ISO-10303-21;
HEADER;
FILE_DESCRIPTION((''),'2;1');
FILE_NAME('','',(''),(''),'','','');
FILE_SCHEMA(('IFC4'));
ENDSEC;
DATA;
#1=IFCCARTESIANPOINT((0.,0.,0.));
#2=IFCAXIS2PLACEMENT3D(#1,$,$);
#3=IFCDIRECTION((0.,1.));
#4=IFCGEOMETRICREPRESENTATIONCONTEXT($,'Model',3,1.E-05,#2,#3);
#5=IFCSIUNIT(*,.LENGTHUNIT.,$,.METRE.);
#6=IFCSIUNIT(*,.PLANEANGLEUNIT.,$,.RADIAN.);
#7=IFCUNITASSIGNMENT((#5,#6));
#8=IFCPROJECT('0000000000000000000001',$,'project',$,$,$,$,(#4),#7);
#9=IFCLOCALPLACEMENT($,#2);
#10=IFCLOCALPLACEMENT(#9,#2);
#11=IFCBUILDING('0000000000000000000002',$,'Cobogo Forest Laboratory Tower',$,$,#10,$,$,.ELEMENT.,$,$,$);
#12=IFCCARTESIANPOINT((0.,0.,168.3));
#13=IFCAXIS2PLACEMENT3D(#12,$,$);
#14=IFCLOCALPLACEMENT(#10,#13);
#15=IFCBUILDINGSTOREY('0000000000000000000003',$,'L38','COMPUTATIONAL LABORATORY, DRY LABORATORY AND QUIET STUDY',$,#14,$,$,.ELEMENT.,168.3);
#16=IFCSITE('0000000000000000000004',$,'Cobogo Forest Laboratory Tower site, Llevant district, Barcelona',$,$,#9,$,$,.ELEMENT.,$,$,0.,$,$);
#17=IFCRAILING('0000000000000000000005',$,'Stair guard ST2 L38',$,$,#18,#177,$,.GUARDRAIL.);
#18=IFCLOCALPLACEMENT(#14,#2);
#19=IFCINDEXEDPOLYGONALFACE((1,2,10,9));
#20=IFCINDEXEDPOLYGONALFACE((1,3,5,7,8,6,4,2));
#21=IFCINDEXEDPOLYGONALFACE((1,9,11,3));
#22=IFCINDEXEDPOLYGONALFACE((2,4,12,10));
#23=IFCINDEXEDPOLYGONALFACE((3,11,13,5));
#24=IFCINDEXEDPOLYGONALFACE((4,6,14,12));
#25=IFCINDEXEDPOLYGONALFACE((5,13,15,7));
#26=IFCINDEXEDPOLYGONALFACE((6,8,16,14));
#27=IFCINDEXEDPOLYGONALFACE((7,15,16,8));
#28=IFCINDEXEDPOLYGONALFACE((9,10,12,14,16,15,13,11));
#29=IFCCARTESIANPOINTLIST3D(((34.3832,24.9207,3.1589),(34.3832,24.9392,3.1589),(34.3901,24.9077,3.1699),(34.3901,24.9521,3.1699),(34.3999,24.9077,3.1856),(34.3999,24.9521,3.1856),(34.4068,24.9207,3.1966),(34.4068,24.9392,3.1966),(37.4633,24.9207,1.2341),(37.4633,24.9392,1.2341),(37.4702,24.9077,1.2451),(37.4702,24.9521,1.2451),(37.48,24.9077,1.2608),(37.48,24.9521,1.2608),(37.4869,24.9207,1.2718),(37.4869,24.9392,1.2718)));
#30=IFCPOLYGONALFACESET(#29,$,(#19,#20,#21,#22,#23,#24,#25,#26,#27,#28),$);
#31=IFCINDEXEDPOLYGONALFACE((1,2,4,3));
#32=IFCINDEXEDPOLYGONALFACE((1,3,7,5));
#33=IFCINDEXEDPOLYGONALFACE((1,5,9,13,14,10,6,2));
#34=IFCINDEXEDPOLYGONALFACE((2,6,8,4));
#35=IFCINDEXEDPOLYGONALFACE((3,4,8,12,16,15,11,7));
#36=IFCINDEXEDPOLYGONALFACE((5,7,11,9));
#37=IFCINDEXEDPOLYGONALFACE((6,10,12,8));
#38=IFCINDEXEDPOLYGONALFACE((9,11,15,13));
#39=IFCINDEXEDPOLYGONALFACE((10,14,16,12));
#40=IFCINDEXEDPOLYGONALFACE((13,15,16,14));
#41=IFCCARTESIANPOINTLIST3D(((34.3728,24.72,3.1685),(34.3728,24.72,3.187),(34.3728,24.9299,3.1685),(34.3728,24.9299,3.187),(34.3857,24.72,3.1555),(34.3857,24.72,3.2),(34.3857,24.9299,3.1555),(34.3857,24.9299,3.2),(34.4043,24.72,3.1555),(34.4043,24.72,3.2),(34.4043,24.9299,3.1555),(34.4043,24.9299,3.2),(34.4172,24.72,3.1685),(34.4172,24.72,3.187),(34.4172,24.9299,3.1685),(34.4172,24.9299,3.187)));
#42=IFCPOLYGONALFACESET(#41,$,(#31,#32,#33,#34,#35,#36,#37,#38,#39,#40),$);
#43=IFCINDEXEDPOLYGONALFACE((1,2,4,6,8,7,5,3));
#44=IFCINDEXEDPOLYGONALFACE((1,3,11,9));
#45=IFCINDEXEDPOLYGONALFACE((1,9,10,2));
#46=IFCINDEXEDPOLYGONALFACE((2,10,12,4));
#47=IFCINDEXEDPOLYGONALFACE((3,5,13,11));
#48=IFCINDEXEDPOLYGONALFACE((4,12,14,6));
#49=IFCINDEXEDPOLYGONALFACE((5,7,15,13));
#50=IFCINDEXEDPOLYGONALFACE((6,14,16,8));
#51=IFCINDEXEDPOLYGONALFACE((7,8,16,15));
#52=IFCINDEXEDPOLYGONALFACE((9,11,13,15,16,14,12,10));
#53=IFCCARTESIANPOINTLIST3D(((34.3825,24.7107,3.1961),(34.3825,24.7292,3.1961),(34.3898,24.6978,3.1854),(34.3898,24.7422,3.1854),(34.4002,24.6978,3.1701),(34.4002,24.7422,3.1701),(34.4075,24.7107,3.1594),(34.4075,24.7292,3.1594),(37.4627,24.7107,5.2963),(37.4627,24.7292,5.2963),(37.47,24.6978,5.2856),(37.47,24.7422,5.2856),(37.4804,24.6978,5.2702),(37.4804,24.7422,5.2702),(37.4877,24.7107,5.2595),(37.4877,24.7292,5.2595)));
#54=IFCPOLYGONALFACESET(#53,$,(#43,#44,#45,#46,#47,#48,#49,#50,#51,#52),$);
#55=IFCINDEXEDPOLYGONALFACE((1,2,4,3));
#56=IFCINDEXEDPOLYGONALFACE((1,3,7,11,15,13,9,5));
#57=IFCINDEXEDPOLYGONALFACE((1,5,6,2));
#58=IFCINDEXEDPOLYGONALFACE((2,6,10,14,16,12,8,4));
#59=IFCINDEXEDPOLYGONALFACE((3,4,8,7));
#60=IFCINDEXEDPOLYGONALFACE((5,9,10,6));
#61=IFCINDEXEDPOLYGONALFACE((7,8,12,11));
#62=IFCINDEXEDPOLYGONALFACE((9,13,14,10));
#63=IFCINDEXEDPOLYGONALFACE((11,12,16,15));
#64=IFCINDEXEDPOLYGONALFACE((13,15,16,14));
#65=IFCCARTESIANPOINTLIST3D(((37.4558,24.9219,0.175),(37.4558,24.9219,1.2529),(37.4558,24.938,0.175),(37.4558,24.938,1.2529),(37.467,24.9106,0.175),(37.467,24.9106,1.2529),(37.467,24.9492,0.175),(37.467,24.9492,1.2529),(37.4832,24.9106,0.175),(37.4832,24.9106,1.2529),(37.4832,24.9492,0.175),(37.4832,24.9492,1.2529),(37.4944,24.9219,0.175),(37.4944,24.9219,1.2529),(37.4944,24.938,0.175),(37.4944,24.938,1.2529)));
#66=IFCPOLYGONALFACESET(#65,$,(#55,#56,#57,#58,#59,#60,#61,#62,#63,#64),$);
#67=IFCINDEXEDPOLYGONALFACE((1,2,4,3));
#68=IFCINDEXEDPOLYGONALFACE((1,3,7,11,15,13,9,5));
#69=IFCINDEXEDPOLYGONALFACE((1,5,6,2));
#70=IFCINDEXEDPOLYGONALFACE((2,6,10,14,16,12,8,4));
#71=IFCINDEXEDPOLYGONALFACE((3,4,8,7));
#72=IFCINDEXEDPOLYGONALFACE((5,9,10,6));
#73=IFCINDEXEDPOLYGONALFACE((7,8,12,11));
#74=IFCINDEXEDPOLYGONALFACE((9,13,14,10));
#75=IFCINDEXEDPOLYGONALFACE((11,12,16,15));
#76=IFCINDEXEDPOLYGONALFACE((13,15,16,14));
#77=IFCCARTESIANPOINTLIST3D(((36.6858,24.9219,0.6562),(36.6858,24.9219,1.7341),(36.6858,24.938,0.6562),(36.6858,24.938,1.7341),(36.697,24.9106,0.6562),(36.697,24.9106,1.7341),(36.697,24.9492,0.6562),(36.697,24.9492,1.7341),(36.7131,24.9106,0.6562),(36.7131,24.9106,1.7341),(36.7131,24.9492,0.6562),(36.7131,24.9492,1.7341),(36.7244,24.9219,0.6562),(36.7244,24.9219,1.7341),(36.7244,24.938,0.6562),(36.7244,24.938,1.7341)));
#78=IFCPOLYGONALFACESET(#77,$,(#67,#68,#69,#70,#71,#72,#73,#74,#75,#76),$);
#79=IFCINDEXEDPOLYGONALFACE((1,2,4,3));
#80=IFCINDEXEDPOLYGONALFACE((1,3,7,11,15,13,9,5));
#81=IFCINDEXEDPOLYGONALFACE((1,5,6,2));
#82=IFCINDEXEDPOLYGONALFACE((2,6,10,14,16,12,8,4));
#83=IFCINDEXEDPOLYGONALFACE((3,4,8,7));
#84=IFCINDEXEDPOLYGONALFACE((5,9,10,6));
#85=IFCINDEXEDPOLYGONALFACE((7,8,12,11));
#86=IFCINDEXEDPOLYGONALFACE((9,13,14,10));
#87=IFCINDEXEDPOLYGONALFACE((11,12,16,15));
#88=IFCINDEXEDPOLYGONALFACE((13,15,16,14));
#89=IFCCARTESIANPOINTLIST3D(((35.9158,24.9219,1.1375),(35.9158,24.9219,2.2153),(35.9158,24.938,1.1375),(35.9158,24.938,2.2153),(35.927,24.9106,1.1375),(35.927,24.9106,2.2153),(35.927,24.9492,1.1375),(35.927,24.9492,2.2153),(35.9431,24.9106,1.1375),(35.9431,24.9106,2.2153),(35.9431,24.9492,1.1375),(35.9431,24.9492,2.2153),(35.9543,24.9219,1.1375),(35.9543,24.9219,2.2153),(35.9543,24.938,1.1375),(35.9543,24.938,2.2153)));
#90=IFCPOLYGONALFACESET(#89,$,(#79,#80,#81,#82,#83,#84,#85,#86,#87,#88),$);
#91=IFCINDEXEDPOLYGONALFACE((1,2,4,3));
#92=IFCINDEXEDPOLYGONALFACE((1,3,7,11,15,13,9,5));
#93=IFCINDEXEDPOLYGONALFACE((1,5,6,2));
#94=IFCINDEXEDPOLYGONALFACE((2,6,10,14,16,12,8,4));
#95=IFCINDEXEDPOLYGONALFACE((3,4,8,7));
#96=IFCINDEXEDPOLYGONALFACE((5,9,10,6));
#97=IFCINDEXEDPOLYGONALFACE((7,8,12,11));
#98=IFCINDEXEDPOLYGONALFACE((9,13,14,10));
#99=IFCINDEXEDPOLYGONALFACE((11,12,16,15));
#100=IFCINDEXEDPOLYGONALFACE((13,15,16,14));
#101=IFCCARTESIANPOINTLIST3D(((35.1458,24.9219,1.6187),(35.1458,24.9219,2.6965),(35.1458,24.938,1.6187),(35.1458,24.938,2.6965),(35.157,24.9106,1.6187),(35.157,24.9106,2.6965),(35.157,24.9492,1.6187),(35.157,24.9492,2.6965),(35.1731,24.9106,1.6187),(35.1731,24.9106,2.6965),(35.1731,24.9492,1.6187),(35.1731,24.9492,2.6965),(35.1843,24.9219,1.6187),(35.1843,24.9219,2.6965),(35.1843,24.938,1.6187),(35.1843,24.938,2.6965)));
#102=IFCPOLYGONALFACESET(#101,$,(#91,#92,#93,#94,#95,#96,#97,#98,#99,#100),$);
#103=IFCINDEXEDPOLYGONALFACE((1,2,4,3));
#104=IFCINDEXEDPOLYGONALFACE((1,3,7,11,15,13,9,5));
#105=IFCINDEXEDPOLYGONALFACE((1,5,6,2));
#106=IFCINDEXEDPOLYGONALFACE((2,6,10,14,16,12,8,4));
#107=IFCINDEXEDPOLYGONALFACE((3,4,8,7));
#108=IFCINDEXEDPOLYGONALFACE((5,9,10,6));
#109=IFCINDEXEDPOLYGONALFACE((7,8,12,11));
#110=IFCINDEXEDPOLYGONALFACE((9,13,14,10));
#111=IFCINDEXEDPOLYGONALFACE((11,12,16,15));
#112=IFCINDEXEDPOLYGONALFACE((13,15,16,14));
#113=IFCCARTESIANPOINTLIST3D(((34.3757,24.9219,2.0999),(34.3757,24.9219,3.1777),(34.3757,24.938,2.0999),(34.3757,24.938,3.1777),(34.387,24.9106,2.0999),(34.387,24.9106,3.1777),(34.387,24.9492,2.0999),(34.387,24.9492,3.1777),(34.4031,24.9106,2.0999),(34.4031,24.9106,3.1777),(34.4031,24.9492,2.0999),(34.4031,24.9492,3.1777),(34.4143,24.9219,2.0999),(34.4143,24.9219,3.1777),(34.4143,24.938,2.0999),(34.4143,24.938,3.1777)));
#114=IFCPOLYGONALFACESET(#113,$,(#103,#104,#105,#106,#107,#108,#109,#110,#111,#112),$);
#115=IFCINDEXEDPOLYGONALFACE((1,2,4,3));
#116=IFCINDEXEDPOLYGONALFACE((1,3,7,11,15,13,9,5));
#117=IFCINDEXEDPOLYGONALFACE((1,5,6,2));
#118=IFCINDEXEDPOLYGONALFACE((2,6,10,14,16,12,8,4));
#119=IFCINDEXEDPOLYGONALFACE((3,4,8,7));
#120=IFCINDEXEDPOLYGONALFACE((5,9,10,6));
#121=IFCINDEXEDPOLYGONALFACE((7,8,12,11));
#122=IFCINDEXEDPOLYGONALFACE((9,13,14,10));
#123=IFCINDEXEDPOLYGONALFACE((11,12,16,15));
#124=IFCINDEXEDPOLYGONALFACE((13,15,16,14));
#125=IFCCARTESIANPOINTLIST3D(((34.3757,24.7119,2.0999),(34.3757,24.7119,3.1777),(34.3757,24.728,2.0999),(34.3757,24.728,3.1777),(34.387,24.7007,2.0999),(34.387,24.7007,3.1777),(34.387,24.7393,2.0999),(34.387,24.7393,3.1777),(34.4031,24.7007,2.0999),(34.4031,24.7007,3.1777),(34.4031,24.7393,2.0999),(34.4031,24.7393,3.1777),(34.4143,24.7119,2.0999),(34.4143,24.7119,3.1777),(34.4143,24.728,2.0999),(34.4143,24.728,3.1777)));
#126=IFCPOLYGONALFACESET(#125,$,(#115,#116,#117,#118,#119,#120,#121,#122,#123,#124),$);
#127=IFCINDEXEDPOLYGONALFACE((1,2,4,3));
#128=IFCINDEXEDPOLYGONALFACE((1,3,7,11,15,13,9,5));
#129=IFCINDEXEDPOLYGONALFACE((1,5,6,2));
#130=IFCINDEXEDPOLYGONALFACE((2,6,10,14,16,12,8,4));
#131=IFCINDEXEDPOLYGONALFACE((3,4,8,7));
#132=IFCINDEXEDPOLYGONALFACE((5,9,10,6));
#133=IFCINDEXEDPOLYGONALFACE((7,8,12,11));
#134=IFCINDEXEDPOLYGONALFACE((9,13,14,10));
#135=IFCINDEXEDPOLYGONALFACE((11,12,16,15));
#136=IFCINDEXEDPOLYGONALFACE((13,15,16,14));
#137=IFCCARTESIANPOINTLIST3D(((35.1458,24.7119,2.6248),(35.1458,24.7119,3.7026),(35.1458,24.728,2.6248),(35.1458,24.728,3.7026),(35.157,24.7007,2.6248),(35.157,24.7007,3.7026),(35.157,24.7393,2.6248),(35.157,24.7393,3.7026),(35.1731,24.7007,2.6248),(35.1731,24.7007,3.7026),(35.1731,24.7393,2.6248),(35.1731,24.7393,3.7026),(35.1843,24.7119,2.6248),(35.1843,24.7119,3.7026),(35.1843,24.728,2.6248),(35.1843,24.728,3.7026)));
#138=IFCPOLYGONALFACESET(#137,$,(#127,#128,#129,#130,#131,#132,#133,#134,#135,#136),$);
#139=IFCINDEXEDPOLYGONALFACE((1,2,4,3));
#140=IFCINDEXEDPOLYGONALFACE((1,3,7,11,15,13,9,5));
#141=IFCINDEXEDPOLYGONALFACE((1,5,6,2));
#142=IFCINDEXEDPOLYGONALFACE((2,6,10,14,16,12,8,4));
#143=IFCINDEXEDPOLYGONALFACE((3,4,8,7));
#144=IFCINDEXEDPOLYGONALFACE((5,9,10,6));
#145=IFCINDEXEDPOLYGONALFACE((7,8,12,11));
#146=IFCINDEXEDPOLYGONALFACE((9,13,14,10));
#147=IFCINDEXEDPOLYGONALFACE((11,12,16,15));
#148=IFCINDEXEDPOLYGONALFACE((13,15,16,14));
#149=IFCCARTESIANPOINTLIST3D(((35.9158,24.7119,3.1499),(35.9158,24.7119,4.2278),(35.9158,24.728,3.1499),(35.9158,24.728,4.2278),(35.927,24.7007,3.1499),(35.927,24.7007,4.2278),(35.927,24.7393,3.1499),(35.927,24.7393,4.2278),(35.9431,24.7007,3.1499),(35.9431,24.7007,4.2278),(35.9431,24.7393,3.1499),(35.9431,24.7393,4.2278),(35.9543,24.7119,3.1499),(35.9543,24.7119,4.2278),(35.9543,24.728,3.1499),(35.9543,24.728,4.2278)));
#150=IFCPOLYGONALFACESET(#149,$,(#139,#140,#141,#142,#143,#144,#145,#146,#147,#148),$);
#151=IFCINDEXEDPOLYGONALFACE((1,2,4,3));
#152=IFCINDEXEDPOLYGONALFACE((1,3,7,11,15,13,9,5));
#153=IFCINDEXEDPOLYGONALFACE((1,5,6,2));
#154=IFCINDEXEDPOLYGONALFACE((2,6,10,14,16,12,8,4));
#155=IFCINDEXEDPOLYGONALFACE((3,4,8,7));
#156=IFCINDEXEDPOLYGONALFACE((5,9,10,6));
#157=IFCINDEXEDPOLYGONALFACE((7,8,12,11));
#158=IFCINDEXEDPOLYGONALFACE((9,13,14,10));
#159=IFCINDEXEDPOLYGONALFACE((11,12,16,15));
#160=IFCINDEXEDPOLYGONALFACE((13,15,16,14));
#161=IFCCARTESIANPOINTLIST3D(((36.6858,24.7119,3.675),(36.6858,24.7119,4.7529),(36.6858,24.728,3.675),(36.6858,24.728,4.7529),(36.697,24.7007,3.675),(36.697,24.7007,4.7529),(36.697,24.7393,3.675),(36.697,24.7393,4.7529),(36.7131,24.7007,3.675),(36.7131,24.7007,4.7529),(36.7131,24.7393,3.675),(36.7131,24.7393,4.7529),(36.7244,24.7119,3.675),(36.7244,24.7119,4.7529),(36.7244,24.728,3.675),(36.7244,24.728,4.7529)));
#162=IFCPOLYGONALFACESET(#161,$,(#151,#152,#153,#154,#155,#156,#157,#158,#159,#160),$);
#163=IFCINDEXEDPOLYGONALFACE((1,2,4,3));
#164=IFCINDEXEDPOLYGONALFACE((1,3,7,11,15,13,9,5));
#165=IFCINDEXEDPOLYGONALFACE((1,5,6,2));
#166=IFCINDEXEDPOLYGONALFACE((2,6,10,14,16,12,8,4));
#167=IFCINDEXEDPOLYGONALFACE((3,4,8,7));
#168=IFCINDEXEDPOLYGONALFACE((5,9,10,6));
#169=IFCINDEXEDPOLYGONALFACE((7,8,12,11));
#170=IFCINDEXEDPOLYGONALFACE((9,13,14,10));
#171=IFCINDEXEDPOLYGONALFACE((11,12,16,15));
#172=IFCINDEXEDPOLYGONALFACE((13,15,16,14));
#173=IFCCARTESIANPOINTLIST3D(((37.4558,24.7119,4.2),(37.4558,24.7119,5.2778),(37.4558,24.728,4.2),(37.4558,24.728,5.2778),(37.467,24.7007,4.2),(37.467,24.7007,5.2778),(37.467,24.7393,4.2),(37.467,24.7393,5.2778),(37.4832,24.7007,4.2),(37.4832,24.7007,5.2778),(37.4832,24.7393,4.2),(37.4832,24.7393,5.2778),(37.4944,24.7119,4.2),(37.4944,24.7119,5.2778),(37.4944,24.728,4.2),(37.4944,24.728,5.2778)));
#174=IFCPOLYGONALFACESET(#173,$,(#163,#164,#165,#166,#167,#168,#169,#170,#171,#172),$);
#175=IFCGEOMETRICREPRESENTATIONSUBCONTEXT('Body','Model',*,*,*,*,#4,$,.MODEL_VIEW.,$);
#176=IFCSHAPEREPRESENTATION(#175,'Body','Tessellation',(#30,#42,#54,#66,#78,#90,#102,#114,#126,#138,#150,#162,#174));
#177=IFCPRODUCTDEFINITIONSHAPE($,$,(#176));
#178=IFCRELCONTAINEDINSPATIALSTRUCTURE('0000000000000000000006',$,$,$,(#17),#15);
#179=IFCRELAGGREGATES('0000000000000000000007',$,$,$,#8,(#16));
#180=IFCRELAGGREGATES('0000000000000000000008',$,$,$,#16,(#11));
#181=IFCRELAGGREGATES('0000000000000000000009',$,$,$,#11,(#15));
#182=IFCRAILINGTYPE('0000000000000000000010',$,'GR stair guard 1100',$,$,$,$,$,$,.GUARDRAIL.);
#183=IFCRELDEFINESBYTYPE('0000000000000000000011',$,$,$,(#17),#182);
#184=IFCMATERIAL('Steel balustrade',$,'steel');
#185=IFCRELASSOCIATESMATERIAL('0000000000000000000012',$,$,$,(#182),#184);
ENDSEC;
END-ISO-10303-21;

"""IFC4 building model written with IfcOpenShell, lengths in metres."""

from ifc_helpers import new_model, si_unit, direction, frame, origin, place, context, subcontext, project, spatial, polyline, outline, extrude, material, type_object, element, save


model = new_model("IFC4")

# Units and contexts
model_context = context("Model", 3, precision=1e-05, world=origin(), true_north=direction((0.0, 1.0)))
body_context = subcontext(model_context, "Body", "Model", "MODEL_VIEW")
ifc_project = project(units=[si_unit("LENGTHUNIT", "METRE"), si_unit("PLANEANGLEUNIT", "RADIAN")], contexts=[model_context])

# Site, building, storey
site_placement = place(None, origin())
site = spatial("IfcSite", under=ifc_project, at=site_placement, Name="Cobogo Forest Laboratory Tower site, Llevant district, Barcelona", CompositionType="ELEMENT", RefElevation=0.0)
building_placement = place(site_placement, origin())
building = spatial("IfcBuilding", under=site, at=building_placement, Name="Cobogo Forest Laboratory Tower", CompositionType="ELEMENT")
storey_placement = place(building_placement, frame((0.0, 0.0, 168.3)))
storey = spatial("IfcBuildingStorey", under=building, at=storey_placement, Name="L38", Description="COMPUTATIONAL LABORATORY, DRY LABORATORY AND QUIET STUDY", CompositionType="ELEMENT", Elevation=168.3)

# Railing
ifc_material_1 = material(Name="Steel balustrade", Category="steel")
railing_type_1 = type_object("IfcRailingType", Name="GR stair guard 1100", PredefinedType="GUARDRAIL", material=ifc_material_1)
railing_1_placement = place(storey_placement, frame((37.4751, 24.9299, 0.175)))
element("IfcRailing", 1, at=railing_1_placement, inside=storey, type_object=railing_type_1, Name="Stair guard ST2 L38", PredefinedType="GUARDRAIL", context=body_context, shape_type="SweptSolid", body=[
    extrude(outline(polyline([(0.0222, 0.0093), (0.0093, 0.0222), (-0.0093, 0.0222), (-0.0222, 0.0093), (-0.0222, -0.0093), (-0.0093, -0.0222), (0.0093, -0.0222), (0.0222, -0.0093), (0.0222, 0.0093)])), frame((0.0, 0.0, 1.0779), z_axis=(-0.848029, 0.0, 0.529951), x_axis=(0.0, -1.0, 0.0)), (0.0, 0.0, 1.0), 3.6321),
    extrude(outline(polyline([(0.0222, 0.0093), (0.0093, 0.0222), (-0.0093, 0.0222), (-0.0222, 0.0093), (-0.0222, -0.0093), (-0.0093, -0.0222), (0.0093, -0.0222), (0.0222, -0.0093), (0.0222, 0.0093)])), frame((-3.0801, 0.0, 3.0027), z_axis=(0.0, -1.0, 0.0), x_axis=(1.0, 0.0, 0.0)), (0.0, 0.0, 1.0), 0.21),
    extrude(outline(polyline([(0.0222, 0.0093), (0.0093, 0.0222), (-0.0093, 0.0222), (-0.0222, 0.0093), (-0.0222, -0.0093), (-0.0093, -0.0222), (0.0093, -0.0222), (0.0222, -0.0093), (0.0222, 0.0093)])), frame((-3.0801, -0.21, 3.0027), z_axis=(0.826222, 0.0, 0.563345), x_axis=(0.0, 1.0, 0.0)), (0.0, 0.0, 1.0), 3.728),
    extrude(outline(polyline([(0.0193, 0.0081), (0.0081, 0.0193), (-0.0081, 0.0193), (-0.0193, 0.0081), (-0.0193, -0.0081), (-0.0081, -0.0193), (0.0081, -0.0193), (0.0193, -0.0081), (0.0193, 0.0081)])), origin(), (0.0, 0.0, 1.0), 1.0779),
    extrude(outline(polyline([(0.0193, 0.0081), (0.0081, 0.0193), (-0.0081, 0.0193), (-0.0193, 0.0081), (-0.0193, -0.0081), (-0.0081, -0.0193), (0.0081, -0.0193), (0.0193, -0.0081), (0.0193, 0.0081)])), frame((-0.77, 0.0, 0.4812)), (0.0, 0.0, 1.0), 1.0779),
    extrude(outline(polyline([(0.0193, 0.0081), (0.0081, 0.0193), (-0.0081, 0.0193), (-0.0193, 0.0081), (-0.0193, -0.0081), (-0.0081, -0.0193), (0.0081, -0.0193), (0.0193, -0.0081), (0.0193, 0.0081)])), frame((-1.54, 0.0, 0.9624)), (0.0, 0.0, 1.0), 1.0779),
    extrude(outline(polyline([(0.0193, 0.0081), (0.0081, 0.0193), (-0.0081, 0.0193), (-0.0193, 0.0081), (-0.0193, -0.0081), (-0.0081, -0.0193), (0.0081, -0.0193), (0.0193, -0.0081), (0.0193, 0.0081)])), frame((-2.3101, 0.0, 1.4436)), (0.0, 0.0, 1.0), 1.0779),
    extrude(outline(polyline([(0.0193, 0.0081), (0.0081, 0.0193), (-0.0081, 0.0193), (-0.0193, 0.0081), (-0.0193, -0.0081), (-0.0081, -0.0193), (0.0081, -0.0193), (0.0193, -0.0081), (0.0193, 0.0081)])), frame((-3.0801, 0.0, 1.9248)), (0.0, 0.0, 1.0), 1.0779),
    extrude(outline(polyline([(0.0193, 0.0081), (0.0081, 0.0193), (-0.0081, 0.0193), (-0.0193, 0.0081), (-0.0193, -0.0081), (-0.0081, -0.0193), (0.0081, -0.0193), (0.0193, -0.0081), (0.0193, 0.0081)])), frame((-3.0801, -0.21, 1.9248)), (0.0, 0.0, 1.0), 1.0779),
    extrude(outline(polyline([(0.0193, 0.0081), (0.0081, 0.0193), (-0.0081, 0.0193), (-0.0193, 0.0081), (-0.0193, -0.0081), (-0.0081, -0.0193), (0.0081, -0.0193), (0.0193, -0.0081), (0.0193, 0.0081)])), frame((-2.3101, -0.21, 2.4497)), (0.0, 0.0, 1.0), 1.0779),
    extrude(outline(polyline([(0.0193, 0.0081), (0.0081, 0.0193), (-0.0081, 0.0193), (-0.0193, 0.0081), (-0.0193, -0.0081), (-0.0081, -0.0193), (0.0081, -0.0193), (0.0193, -0.0081), (0.0193, 0.0081)])), frame((-1.54, -0.21, 2.9749)), (0.0, 0.0, 1.0), 1.0779),
    extrude(outline(polyline([(0.0193, 0.0081), (0.0081, 0.0193), (-0.0081, 0.0193), (-0.0193, 0.0081), (-0.0193, -0.0081), (-0.0081, -0.0193), (0.0081, -0.0193), (0.0193, -0.0081), (0.0193, 0.0081)])), frame((-0.77, -0.21, 3.5)), (0.0, 0.0, 1.0), 1.0779),
    extrude(outline(polyline([(0.0193, 0.0081), (0.0081, 0.0193), (-0.0081, 0.0193), (-0.0193, 0.0081), (-0.0193, -0.0081), (-0.0081, -0.0193), (0.0081, -0.0193), (0.0193, -0.0081), (0.0193, 0.0081)])), frame((0.0, -0.21, 4.0249)), (0.0, 0.0, 1.0), 1.0779),
])

save(model, "model.ifc")
